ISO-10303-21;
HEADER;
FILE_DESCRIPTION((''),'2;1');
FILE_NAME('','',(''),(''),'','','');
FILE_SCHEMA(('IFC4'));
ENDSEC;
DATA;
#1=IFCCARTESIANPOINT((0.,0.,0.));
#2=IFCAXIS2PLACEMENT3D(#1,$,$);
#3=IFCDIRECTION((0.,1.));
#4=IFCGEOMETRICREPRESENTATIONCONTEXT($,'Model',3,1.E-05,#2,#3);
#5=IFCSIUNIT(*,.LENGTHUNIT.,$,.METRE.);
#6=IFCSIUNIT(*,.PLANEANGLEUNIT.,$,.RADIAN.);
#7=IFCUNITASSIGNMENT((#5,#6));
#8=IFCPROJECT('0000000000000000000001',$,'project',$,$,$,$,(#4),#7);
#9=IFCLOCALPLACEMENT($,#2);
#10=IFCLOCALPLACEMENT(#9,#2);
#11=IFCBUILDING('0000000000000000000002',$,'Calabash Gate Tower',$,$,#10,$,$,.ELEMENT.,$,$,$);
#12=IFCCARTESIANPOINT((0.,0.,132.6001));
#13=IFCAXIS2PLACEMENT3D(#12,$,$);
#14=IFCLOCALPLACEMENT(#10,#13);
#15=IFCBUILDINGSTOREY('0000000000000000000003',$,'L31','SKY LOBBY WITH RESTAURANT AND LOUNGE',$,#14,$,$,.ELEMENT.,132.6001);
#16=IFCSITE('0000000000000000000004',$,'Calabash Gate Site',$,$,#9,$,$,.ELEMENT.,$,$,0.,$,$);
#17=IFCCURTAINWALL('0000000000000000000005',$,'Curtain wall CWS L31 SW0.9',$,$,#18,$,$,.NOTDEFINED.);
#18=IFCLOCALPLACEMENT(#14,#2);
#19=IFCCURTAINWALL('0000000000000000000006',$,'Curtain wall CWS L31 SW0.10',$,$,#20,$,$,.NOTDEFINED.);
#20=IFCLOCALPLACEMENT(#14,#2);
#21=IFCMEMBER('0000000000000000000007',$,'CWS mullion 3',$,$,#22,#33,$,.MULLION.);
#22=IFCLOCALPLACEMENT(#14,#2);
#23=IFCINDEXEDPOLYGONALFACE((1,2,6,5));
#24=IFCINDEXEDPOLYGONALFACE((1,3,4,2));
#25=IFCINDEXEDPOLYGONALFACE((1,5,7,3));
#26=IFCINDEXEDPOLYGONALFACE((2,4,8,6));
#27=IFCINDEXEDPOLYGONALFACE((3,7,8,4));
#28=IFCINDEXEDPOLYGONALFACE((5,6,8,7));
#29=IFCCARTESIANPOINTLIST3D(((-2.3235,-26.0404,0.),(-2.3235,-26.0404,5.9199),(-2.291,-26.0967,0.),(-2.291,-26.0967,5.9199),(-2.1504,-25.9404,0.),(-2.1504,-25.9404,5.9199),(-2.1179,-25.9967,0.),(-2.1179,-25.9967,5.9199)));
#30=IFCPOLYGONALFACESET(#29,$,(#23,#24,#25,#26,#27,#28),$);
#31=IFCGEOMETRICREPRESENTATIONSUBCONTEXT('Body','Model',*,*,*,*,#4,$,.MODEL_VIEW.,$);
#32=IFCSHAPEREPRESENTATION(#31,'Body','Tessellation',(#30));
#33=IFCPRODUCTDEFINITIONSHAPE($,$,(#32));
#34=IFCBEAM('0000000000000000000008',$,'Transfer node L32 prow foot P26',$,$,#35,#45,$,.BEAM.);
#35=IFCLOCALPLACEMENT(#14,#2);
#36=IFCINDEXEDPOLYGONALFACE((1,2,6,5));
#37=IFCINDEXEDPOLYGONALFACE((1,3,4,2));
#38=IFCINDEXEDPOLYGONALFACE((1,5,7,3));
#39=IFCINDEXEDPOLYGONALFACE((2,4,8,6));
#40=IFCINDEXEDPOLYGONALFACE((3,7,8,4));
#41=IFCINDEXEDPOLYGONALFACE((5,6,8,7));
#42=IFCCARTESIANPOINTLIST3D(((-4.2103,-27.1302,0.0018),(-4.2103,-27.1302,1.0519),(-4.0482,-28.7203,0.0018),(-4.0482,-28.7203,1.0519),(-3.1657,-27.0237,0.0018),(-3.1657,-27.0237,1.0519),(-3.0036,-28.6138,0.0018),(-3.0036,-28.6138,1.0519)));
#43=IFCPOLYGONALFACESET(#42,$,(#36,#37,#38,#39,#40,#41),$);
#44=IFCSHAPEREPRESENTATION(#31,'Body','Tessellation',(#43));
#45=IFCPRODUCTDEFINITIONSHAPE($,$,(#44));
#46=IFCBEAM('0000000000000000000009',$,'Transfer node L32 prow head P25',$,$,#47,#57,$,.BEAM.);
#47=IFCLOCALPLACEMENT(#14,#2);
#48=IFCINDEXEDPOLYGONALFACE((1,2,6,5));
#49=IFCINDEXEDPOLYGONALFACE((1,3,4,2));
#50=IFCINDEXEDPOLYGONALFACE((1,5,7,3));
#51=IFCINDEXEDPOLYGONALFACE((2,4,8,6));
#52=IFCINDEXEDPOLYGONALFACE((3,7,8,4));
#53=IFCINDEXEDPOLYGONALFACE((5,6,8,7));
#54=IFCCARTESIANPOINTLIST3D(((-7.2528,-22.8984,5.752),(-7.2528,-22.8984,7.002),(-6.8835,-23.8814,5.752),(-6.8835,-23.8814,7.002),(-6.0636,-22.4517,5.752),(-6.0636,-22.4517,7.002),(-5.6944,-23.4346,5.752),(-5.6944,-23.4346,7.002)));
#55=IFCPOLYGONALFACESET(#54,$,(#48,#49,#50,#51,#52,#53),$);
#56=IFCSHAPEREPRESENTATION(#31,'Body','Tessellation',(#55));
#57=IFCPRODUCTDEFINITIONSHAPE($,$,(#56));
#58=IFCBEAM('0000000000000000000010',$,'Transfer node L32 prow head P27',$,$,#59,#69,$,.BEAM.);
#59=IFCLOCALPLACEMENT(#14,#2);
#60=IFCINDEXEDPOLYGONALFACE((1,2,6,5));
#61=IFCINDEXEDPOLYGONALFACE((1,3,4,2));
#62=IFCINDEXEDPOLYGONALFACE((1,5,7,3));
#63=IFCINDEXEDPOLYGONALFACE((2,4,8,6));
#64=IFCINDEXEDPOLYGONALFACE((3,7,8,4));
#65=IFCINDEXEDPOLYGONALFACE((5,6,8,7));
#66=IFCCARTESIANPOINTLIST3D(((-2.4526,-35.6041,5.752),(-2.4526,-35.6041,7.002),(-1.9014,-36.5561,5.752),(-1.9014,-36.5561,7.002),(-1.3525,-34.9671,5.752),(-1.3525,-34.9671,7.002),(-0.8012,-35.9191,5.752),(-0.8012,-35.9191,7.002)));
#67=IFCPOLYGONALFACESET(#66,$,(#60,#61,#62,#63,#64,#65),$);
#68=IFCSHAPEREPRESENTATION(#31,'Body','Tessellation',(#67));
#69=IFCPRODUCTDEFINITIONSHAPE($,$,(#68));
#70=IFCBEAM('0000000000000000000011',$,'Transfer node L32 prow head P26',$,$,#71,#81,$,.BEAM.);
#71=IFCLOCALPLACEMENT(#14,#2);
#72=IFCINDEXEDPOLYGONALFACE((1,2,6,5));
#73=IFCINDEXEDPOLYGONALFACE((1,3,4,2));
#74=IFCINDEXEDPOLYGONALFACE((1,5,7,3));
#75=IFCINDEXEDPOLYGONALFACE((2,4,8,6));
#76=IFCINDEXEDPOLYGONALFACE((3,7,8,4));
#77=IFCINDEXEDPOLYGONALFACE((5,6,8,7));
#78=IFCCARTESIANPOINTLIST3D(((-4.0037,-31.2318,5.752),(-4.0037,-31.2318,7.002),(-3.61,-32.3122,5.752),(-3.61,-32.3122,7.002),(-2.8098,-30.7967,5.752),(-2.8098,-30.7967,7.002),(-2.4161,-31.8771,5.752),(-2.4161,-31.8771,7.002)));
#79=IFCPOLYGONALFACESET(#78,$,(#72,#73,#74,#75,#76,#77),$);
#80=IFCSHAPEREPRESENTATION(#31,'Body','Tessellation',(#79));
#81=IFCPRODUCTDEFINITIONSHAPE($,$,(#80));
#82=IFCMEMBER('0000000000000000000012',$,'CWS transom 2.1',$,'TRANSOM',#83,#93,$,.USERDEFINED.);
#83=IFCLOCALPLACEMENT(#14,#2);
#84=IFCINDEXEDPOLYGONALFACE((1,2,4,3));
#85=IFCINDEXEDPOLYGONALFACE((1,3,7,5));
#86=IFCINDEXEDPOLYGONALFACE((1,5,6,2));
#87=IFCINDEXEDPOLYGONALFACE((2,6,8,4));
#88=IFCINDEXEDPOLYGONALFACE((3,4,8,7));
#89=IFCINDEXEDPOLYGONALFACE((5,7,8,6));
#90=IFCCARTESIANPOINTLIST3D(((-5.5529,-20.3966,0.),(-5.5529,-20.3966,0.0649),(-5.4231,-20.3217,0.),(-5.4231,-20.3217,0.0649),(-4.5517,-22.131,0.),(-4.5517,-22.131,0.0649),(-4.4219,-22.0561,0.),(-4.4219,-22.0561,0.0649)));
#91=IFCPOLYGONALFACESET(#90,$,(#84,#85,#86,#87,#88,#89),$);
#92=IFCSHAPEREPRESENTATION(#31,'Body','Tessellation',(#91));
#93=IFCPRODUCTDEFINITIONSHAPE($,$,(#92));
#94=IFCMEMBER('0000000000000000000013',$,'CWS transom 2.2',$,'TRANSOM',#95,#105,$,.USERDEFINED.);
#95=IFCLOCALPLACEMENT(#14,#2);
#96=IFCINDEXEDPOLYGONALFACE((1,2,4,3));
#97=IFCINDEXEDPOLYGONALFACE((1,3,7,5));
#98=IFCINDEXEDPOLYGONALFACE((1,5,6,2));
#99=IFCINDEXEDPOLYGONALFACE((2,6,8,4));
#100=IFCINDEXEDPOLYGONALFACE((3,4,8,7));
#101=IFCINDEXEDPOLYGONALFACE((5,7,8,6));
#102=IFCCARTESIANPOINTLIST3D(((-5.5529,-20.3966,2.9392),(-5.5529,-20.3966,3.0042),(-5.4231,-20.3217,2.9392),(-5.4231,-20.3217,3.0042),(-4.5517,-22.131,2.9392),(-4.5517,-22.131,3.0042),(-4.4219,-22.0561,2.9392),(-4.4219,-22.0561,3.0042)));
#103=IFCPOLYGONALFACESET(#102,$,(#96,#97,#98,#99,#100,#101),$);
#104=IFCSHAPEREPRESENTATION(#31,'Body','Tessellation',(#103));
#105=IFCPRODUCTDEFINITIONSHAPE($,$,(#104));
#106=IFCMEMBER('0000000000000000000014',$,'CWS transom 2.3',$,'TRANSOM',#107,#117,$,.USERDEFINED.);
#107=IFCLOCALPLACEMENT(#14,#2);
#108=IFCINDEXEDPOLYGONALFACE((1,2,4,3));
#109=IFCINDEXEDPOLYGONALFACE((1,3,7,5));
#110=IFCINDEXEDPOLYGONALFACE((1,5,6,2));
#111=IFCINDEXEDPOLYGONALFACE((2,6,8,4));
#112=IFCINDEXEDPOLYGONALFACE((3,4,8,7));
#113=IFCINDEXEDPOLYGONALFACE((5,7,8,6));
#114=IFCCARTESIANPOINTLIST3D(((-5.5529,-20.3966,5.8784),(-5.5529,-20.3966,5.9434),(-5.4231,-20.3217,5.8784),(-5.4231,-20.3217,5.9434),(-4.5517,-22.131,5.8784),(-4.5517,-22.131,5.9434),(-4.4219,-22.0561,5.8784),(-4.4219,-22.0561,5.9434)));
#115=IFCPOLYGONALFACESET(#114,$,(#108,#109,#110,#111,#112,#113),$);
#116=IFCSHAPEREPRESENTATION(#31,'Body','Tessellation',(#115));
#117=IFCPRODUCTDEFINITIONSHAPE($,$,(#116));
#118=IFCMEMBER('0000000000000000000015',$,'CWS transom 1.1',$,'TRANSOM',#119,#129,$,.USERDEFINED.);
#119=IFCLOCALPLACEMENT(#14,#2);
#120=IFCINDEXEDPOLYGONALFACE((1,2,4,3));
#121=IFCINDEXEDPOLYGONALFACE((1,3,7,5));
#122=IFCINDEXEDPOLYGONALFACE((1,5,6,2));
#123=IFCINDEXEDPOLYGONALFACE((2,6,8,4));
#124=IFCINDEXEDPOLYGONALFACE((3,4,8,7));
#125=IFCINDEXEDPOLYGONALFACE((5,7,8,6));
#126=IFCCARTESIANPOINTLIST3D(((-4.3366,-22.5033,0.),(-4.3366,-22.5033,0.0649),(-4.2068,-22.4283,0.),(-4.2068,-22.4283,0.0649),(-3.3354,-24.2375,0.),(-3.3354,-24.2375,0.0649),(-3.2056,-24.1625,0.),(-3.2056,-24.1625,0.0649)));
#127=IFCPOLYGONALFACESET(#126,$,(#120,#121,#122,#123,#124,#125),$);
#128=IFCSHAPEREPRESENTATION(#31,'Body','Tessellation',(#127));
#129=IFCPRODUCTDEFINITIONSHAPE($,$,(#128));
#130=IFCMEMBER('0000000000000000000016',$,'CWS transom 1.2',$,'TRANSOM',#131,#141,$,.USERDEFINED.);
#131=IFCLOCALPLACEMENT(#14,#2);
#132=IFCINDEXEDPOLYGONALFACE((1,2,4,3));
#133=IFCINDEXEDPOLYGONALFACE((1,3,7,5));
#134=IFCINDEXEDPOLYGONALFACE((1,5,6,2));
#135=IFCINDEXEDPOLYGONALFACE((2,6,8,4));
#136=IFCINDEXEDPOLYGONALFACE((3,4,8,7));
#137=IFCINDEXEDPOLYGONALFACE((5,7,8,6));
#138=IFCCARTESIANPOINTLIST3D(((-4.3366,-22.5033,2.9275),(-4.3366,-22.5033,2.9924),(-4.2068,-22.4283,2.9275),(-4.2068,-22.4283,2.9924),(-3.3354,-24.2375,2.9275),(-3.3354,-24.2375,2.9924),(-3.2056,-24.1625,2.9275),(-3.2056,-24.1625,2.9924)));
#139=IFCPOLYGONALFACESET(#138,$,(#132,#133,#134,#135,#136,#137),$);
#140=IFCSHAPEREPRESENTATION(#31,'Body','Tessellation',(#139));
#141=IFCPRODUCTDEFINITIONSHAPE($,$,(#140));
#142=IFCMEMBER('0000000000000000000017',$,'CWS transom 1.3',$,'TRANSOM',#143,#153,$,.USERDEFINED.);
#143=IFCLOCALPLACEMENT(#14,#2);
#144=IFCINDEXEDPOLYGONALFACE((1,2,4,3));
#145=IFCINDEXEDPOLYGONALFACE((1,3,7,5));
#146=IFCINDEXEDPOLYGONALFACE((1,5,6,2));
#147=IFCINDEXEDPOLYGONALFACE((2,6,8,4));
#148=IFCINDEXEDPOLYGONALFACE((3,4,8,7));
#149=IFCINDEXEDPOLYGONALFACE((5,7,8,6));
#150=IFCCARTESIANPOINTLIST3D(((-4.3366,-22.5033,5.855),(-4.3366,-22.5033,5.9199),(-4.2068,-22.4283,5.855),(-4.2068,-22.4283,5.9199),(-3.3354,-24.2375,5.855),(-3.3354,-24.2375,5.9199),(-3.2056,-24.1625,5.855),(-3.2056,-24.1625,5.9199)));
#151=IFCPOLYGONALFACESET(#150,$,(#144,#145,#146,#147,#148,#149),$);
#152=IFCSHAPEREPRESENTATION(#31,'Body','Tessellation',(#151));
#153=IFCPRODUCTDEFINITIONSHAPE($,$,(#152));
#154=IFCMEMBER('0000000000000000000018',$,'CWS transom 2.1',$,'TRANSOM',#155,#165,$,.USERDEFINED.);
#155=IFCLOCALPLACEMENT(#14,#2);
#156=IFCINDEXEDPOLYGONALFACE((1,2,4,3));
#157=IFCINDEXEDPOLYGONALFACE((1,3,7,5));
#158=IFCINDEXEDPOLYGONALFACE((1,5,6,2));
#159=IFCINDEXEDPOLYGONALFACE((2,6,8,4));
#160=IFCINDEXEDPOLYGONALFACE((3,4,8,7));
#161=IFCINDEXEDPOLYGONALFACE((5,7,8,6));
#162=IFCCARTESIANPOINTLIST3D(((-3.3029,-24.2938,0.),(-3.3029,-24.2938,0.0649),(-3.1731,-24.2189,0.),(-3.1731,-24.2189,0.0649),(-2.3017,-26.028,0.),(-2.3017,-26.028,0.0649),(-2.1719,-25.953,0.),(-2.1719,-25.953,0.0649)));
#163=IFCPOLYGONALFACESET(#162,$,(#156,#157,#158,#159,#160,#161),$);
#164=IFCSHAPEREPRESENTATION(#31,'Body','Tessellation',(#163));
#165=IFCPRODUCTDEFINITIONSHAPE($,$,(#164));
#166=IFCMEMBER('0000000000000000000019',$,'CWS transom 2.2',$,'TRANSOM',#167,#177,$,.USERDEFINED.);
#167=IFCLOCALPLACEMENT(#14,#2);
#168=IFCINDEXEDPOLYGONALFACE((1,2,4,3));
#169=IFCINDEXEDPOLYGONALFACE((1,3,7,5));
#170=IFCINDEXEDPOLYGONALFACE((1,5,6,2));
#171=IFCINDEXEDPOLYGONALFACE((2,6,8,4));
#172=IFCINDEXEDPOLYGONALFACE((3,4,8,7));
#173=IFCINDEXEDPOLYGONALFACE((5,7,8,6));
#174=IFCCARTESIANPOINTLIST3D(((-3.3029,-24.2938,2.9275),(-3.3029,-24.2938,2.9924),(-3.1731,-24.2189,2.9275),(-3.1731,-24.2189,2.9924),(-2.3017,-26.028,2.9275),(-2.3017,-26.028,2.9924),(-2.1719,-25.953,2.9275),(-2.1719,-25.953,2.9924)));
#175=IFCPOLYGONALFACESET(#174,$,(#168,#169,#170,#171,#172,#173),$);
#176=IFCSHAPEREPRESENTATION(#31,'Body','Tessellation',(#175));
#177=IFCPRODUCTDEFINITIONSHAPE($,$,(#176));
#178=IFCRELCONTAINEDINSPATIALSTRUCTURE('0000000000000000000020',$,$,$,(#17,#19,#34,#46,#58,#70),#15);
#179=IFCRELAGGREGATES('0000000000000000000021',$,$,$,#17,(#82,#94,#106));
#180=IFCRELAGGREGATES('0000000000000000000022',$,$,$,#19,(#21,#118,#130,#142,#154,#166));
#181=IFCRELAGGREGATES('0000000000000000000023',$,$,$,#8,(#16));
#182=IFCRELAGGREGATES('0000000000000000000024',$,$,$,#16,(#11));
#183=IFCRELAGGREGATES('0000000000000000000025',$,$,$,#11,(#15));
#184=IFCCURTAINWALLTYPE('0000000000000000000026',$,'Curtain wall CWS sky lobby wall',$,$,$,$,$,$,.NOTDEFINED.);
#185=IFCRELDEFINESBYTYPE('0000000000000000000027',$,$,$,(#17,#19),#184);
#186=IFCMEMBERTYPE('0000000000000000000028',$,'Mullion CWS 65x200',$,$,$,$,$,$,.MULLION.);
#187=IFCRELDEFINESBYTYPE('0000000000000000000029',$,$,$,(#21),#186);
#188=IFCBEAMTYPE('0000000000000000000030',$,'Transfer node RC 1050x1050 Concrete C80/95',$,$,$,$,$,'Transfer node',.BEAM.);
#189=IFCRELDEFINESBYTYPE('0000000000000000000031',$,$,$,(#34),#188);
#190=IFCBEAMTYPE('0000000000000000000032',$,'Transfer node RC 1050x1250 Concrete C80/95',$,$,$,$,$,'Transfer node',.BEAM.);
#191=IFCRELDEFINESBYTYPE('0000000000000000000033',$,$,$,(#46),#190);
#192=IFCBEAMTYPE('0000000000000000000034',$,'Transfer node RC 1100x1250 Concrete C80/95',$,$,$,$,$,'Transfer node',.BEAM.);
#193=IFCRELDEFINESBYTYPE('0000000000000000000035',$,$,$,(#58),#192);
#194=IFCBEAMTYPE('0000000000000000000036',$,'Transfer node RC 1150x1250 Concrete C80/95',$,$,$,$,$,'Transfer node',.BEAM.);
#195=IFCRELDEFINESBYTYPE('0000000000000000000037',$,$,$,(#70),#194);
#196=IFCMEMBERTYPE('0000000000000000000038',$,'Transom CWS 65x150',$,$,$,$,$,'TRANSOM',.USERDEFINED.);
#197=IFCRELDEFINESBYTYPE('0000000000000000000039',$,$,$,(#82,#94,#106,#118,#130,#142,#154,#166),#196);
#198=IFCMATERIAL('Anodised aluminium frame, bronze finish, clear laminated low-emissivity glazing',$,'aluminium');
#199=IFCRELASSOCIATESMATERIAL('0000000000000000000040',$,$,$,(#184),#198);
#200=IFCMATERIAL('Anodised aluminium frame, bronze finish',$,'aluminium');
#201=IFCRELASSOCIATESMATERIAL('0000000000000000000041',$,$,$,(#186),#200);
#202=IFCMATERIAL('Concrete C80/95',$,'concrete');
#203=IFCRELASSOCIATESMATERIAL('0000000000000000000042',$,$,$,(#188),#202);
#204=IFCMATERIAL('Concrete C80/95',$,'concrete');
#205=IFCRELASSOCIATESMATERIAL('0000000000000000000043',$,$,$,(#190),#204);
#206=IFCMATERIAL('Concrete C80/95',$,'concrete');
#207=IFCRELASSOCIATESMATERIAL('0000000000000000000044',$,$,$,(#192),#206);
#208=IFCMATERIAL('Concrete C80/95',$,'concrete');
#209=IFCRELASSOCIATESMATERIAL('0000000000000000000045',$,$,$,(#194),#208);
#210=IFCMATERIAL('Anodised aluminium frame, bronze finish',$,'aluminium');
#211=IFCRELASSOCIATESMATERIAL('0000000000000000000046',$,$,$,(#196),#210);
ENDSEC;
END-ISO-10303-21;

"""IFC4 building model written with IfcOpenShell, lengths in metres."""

from ifc_helpers import new_model, si_unit, direction, frame, origin, origin_2d, place, context, subcontext, project, spatial, rectangle, extrude, material, material_profile, profile_set, type_object, element, aggregate, save


model = new_model("IFC4")

# Units and contexts
model_context = context("Model", 3, precision=1e-05, world=origin(), true_north=direction((0.0, 1.0)))
body_context = subcontext(model_context, "Body", "Model", "MODEL_VIEW")
ifc_project = project(units=[si_unit("LENGTHUNIT", "METRE"), si_unit("PLANEANGLEUNIT", "RADIAN")], contexts=[model_context])

# Site, building, storey
site_placement = place(None, origin())
site = spatial("IfcSite", under=ifc_project, at=site_placement, Name="Calabash Gate Site", CompositionType="ELEMENT", RefElevation=0.0)
building_placement = place(site_placement, origin())
building = spatial("IfcBuilding", under=site, at=building_placement, Name="Calabash Gate Tower", CompositionType="ELEMENT")
storey_placement = place(building_placement, frame((0.0, 0.0, 132.6001)))
storey = spatial("IfcBuildingStorey", under=building, at=storey_placement, Name="L31", Description="SKY LOBBY WITH RESTAURANT AND LOUNGE", CompositionType="ELEMENT", Elevation=132.6001)

# Curtain wall
ifc_material_1 = material(Name="Anodised aluminium frame, bronze finish, clear laminated low-emissivity glazing", Category="aluminium")
curtain_wall_type = type_object("IfcCurtainWallType", Name="Curtain wall CWS sky lobby wall", PredefinedType="NOTDEFINED", material=ifc_material_1)
curtain_wall_1_placement = place(storey_placement, origin())
curtain_wall_1 = element("IfcCurtainWall", 1, at=curtain_wall_1_placement, inside=storey, type_object=curtain_wall_type, Name="Curtain wall CWS L31 SW0.9", PredefinedType="NOTDEFINED")
ifc_material_2 = material(Name="Anodised aluminium frame, bronze finish", Category="aluminium")
ifc_material_profile_1 = material_profile(ifc_material_2, rectangle(XDim=0.2, YDim=0.0649, at=origin_2d()))
ifc_profile_set_1 = profile_set([ifc_material_profile_1], Name="Anodised aluminium frame, bronze finish")
member_type_1 = type_object("IfcMemberType", Name="Mullion CWS 65x200", PredefinedType="MULLION", material=ifc_profile_set_1)

# Curtain wall, member
curtain_wall_2_placement = place(storey_placement, origin())
curtain_wall_2 = element("IfcCurtainWall", 2, at=curtain_wall_2_placement, inside=storey, type_object=curtain_wall_type, Name="Curtain wall CWS L31 SW0.10", PredefinedType="NOTDEFINED")
member_1_placement = place(storey_placement, frame((-2.2207, -26.0186, 0.0), z_axis=(0.0, 0.0, 1.0), x_axis=(0.866025, 0.5, 0.0)))
member_1 = element("IfcMember", 3, at=member_1_placement, type_object=member_type_1, Name="CWS mullion 3", PredefinedType="MULLION", context=body_context, shape_type="SweptSolid", body=[
    extrude(rectangle(XDim=0.2, YDim=0.0649, at=origin_2d()), origin(), (0.0, 0.0, 1.0), 5.9199),
])

# Beams
ifc_material_3 = material(Name="Concrete C80/95", Category="concrete")
ifc_material_profile_2 = material_profile(ifc_material_3, rectangle(XDim=1.05, YDim=1.05, at=origin_2d()))
ifc_profile_set_2 = profile_set([ifc_material_profile_2], Name="Concrete C80/95")
beam_type_1 = type_object("IfcBeamType", Name="Transfer node RC 1050x1050 Concrete C80/95", ElementType="Transfer node", PredefinedType="BEAM", material=ifc_profile_set_2)
beam_1_placement = place(storey_placement, frame((-3.688, -27.0769, 0.5269), z_axis=(0.101424, -0.994843, 0.0), x_axis=(0.994843, 0.101424, 0.0)))
element("IfcBeam", 4, at=beam_1_placement, inside=storey, type_object=beam_type_1, Name="Transfer node L32 prow foot P26", PredefinedType="BEAM", context=body_context, shape_type="SweptSolid", body=[
    extrude(rectangle(XDim=1.05, YDim=1.05, at=origin_2d()), origin(), (0.0, 0.0, 1.0), 1.5984),
])
ifc_material_4 = material(Name="Concrete C80/95", Category="concrete")
ifc_material_profile_3 = material_profile(ifc_material_4, rectangle(XDim=1.05, YDim=1.25, at=origin_2d()))
ifc_profile_set_3 = profile_set([ifc_material_profile_3], Name="Concrete C80/95")
beam_type_2 = type_object("IfcBeamType", Name="Transfer node RC 1050x1250 Concrete C80/95", ElementType="Transfer node", PredefinedType="BEAM", material=ifc_profile_set_3)
beam_2_placement = place(storey_placement, frame((-7.0681, -23.3899, 6.377), z_axis=(0.936116, 0.351692, 0.0), x_axis=(-0.351692, 0.936116, 0.0)))
element("IfcBeam", 5, at=beam_2_placement, inside=storey, type_object=beam_type_2, Name="Transfer node L32 prow head P25", PredefinedType="BEAM", context=body_context, shape_type="SweptSolid", body=[
    extrude(rectangle(XDim=1.05, YDim=1.25, at=origin_2d()), origin(), (0.0, 0.0, 1.0), 1.2703),
])
ifc_material_5 = material(Name="Concrete C80/95", Category="concrete")
ifc_material_profile_4 = material_profile(ifc_material_5, rectangle(XDim=1.1001, YDim=1.25, at=origin_2d()))
ifc_profile_set_4 = profile_set([ifc_material_profile_4], Name="Concrete C80/95")
beam_type_3 = type_object("IfcBeamType", Name="Transfer node RC 1100x1250 Concrete C80/95", ElementType="Transfer node", PredefinedType="BEAM", material=ifc_profile_set_4)
beam_3_placement = place(storey_placement, frame((-2.177, -36.0801, 6.377), z_axis=(0.865404, 0.501074, 0.0), x_axis=(-0.501074, 0.865404, 0.0)))
element("IfcBeam", 6, at=beam_3_placement, inside=storey, type_object=beam_type_3, Name="Transfer node L32 prow head P27", PredefinedType="BEAM", context=body_context, shape_type="SweptSolid", body=[
    extrude(rectangle(XDim=1.1001, YDim=1.25, at=origin_2d()), origin(), (0.0, 0.0, 1.0), 1.2712),
])
ifc_material_6 = material(Name="Concrete C80/95", Category="concrete")
ifc_material_profile_5 = material_profile(ifc_material_6, rectangle(XDim=1.1499, YDim=1.25, at=origin_2d()))
ifc_profile_set_5 = profile_set([ifc_material_profile_5], Name="Concrete C80/95")
beam_type_4 = type_object("IfcBeamType", Name="Transfer node RC 1150x1250 Concrete C80/95", ElementType="Transfer node", PredefinedType="BEAM", material=ifc_profile_set_5)
beam_4_placement = place(storey_placement, frame((-3.8069, -31.772, 6.377), z_axis=(0.939558, 0.342391, 0.0), x_axis=(-0.342391, 0.939558, 0.0)))
element("IfcBeam", 7, at=beam_4_placement, inside=storey, type_object=beam_type_4, Name="Transfer node L32 prow head P26", PredefinedType="BEAM", context=body_context, shape_type="SweptSolid", body=[
    extrude(rectangle(XDim=1.1499, YDim=1.25, at=origin_2d()), origin(), (0.0, 0.0, 1.0), 1.2708),
])

# Members
ifc_material_7 = material(Name="Anodised aluminium frame, bronze finish", Category="aluminium")
ifc_material_profile_6 = material_profile(ifc_material_7, rectangle(XDim=0.1499, YDim=0.0649, at=origin_2d()))
ifc_profile_set_6 = profile_set([ifc_material_profile_6], Name="Anodised aluminium frame, bronze finish")
member_type_2 = type_object("IfcMemberType", Name="Transom CWS 65x150", ElementType="TRANSOM", PredefinedType="USERDEFINED", material=ifc_profile_set_6)
member_2_placement = place(storey_placement, frame((-5.488, -20.3591, 0.0325), z_axis=(0.499955, -0.866052, 0.0), x_axis=(0.866052, 0.499955, 0.0)))
member_2 = element("IfcMember", 8, at=member_2_placement, type_object=member_type_2, Name="CWS transom 2.1", ObjectType="TRANSOM", PredefinedType="USERDEFINED", context=body_context, shape_type="SweptSolid", body=[
    extrude(rectangle(XDim=0.1499, YDim=0.0649, at=origin_2d()), origin(), (0.0, 0.0, 1.0), 2.0027),
])
member_3_placement = place(storey_placement, frame((-5.488, -20.3591, 2.9717), z_axis=(0.499955, -0.866052, 0.0), x_axis=(0.866052, 0.499955, 0.0)))
member_3 = element("IfcMember", 9, at=member_3_placement, type_object=member_type_2, Name="CWS transom 2.2", ObjectType="TRANSOM", PredefinedType="USERDEFINED", context=body_context, shape_type="SweptSolid", body=[
    extrude(rectangle(XDim=0.1499, YDim=0.0649, at=origin_2d()), origin(), (0.0, 0.0, 1.0), 2.0027),
])
member_4_placement = place(storey_placement, frame((-5.488, -20.3591, 5.9109), z_axis=(0.499955, -0.866052, 0.0), x_axis=(0.866052, 0.499955, 0.0)))
member_4 = element("IfcMember", 10, at=member_4_placement, type_object=member_type_2, Name="CWS transom 2.3", ObjectType="TRANSOM", PredefinedType="USERDEFINED", context=body_context, shape_type="SweptSolid", body=[
    extrude(rectangle(XDim=0.1499, YDim=0.0649, at=origin_2d()), origin(), (0.0, 0.0, 1.0), 2.0027),
])
member_5_placement = place(storey_placement, frame((-4.2717, -22.4658, 0.0325), z_axis=(0.500007, -0.866021, 0.0), x_axis=(0.866021, 0.500007, 0.0)))
member_5 = element("IfcMember", 11, at=member_5_placement, type_object=member_type_2, Name="CWS transom 1.1", ObjectType="TRANSOM", PredefinedType="USERDEFINED", context=body_context, shape_type="SweptSolid", body=[
    extrude(rectangle(XDim=0.1499, YDim=0.0649, at=origin_2d()), origin(), (0.0, 0.0, 1.0), 2.0024),
])
member_6_placement = place(storey_placement, frame((-4.2717, -22.4658, 2.96), z_axis=(0.500007, -0.866021, 0.0), x_axis=(0.866021, 0.500007, 0.0)))
member_6 = element("IfcMember", 12, at=member_6_placement, type_object=member_type_2, Name="CWS transom 1.2", ObjectType="TRANSOM", PredefinedType="USERDEFINED", context=body_context, shape_type="SweptSolid", body=[
    extrude(rectangle(XDim=0.1499, YDim=0.0649, at=origin_2d()), origin(), (0.0, 0.0, 1.0), 2.0024),
])
member_7_placement = place(storey_placement, frame((-4.2717, -22.4658, 5.8875), z_axis=(0.500007, -0.866021, 0.0), x_axis=(0.866021, 0.500007, 0.0)))
member_7 = element("IfcMember", 13, at=member_7_placement, type_object=member_type_2, Name="CWS transom 1.3", ObjectType="TRANSOM", PredefinedType="USERDEFINED", context=body_context, shape_type="SweptSolid", body=[
    extrude(rectangle(XDim=0.1499, YDim=0.0649, at=origin_2d()), origin(), (0.0, 0.0, 1.0), 2.0024),
])
member_8_placement = place(storey_placement, frame((-3.238, -24.2563, 0.0325), z_axis=(0.500007, -0.866021, 0.0), x_axis=(0.866021, 0.500007, 0.0)))
member_8 = element("IfcMember", 14, at=member_8_placement, type_object=member_type_2, Name="CWS transom 2.1", ObjectType="TRANSOM", PredefinedType="USERDEFINED", context=body_context, shape_type="SweptSolid", body=[
    extrude(rectangle(XDim=0.1499, YDim=0.0649, at=origin_2d()), origin(), (0.0, 0.0, 1.0), 2.0024),
])
member_9_placement = place(storey_placement, frame((-3.238, -24.2563, 2.96), z_axis=(0.500007, -0.866021, 0.0), x_axis=(0.866021, 0.500007, 0.0)))
member_9 = element("IfcMember", 15, at=member_9_placement, type_object=member_type_2, Name="CWS transom 2.2", ObjectType="TRANSOM", PredefinedType="USERDEFINED", context=body_context, shape_type="SweptSolid", body=[
    extrude(rectangle(XDim=0.1499, YDim=0.0649, at=origin_2d()), origin(), (0.0, 0.0, 1.0), 2.0024),
])

aggregate(curtain_wall_1, [member_2, member_3, member_4])
aggregate(curtain_wall_2, [member_1, member_5, member_6, member_7, member_8, member_9])

save(model, "model.ifc")
